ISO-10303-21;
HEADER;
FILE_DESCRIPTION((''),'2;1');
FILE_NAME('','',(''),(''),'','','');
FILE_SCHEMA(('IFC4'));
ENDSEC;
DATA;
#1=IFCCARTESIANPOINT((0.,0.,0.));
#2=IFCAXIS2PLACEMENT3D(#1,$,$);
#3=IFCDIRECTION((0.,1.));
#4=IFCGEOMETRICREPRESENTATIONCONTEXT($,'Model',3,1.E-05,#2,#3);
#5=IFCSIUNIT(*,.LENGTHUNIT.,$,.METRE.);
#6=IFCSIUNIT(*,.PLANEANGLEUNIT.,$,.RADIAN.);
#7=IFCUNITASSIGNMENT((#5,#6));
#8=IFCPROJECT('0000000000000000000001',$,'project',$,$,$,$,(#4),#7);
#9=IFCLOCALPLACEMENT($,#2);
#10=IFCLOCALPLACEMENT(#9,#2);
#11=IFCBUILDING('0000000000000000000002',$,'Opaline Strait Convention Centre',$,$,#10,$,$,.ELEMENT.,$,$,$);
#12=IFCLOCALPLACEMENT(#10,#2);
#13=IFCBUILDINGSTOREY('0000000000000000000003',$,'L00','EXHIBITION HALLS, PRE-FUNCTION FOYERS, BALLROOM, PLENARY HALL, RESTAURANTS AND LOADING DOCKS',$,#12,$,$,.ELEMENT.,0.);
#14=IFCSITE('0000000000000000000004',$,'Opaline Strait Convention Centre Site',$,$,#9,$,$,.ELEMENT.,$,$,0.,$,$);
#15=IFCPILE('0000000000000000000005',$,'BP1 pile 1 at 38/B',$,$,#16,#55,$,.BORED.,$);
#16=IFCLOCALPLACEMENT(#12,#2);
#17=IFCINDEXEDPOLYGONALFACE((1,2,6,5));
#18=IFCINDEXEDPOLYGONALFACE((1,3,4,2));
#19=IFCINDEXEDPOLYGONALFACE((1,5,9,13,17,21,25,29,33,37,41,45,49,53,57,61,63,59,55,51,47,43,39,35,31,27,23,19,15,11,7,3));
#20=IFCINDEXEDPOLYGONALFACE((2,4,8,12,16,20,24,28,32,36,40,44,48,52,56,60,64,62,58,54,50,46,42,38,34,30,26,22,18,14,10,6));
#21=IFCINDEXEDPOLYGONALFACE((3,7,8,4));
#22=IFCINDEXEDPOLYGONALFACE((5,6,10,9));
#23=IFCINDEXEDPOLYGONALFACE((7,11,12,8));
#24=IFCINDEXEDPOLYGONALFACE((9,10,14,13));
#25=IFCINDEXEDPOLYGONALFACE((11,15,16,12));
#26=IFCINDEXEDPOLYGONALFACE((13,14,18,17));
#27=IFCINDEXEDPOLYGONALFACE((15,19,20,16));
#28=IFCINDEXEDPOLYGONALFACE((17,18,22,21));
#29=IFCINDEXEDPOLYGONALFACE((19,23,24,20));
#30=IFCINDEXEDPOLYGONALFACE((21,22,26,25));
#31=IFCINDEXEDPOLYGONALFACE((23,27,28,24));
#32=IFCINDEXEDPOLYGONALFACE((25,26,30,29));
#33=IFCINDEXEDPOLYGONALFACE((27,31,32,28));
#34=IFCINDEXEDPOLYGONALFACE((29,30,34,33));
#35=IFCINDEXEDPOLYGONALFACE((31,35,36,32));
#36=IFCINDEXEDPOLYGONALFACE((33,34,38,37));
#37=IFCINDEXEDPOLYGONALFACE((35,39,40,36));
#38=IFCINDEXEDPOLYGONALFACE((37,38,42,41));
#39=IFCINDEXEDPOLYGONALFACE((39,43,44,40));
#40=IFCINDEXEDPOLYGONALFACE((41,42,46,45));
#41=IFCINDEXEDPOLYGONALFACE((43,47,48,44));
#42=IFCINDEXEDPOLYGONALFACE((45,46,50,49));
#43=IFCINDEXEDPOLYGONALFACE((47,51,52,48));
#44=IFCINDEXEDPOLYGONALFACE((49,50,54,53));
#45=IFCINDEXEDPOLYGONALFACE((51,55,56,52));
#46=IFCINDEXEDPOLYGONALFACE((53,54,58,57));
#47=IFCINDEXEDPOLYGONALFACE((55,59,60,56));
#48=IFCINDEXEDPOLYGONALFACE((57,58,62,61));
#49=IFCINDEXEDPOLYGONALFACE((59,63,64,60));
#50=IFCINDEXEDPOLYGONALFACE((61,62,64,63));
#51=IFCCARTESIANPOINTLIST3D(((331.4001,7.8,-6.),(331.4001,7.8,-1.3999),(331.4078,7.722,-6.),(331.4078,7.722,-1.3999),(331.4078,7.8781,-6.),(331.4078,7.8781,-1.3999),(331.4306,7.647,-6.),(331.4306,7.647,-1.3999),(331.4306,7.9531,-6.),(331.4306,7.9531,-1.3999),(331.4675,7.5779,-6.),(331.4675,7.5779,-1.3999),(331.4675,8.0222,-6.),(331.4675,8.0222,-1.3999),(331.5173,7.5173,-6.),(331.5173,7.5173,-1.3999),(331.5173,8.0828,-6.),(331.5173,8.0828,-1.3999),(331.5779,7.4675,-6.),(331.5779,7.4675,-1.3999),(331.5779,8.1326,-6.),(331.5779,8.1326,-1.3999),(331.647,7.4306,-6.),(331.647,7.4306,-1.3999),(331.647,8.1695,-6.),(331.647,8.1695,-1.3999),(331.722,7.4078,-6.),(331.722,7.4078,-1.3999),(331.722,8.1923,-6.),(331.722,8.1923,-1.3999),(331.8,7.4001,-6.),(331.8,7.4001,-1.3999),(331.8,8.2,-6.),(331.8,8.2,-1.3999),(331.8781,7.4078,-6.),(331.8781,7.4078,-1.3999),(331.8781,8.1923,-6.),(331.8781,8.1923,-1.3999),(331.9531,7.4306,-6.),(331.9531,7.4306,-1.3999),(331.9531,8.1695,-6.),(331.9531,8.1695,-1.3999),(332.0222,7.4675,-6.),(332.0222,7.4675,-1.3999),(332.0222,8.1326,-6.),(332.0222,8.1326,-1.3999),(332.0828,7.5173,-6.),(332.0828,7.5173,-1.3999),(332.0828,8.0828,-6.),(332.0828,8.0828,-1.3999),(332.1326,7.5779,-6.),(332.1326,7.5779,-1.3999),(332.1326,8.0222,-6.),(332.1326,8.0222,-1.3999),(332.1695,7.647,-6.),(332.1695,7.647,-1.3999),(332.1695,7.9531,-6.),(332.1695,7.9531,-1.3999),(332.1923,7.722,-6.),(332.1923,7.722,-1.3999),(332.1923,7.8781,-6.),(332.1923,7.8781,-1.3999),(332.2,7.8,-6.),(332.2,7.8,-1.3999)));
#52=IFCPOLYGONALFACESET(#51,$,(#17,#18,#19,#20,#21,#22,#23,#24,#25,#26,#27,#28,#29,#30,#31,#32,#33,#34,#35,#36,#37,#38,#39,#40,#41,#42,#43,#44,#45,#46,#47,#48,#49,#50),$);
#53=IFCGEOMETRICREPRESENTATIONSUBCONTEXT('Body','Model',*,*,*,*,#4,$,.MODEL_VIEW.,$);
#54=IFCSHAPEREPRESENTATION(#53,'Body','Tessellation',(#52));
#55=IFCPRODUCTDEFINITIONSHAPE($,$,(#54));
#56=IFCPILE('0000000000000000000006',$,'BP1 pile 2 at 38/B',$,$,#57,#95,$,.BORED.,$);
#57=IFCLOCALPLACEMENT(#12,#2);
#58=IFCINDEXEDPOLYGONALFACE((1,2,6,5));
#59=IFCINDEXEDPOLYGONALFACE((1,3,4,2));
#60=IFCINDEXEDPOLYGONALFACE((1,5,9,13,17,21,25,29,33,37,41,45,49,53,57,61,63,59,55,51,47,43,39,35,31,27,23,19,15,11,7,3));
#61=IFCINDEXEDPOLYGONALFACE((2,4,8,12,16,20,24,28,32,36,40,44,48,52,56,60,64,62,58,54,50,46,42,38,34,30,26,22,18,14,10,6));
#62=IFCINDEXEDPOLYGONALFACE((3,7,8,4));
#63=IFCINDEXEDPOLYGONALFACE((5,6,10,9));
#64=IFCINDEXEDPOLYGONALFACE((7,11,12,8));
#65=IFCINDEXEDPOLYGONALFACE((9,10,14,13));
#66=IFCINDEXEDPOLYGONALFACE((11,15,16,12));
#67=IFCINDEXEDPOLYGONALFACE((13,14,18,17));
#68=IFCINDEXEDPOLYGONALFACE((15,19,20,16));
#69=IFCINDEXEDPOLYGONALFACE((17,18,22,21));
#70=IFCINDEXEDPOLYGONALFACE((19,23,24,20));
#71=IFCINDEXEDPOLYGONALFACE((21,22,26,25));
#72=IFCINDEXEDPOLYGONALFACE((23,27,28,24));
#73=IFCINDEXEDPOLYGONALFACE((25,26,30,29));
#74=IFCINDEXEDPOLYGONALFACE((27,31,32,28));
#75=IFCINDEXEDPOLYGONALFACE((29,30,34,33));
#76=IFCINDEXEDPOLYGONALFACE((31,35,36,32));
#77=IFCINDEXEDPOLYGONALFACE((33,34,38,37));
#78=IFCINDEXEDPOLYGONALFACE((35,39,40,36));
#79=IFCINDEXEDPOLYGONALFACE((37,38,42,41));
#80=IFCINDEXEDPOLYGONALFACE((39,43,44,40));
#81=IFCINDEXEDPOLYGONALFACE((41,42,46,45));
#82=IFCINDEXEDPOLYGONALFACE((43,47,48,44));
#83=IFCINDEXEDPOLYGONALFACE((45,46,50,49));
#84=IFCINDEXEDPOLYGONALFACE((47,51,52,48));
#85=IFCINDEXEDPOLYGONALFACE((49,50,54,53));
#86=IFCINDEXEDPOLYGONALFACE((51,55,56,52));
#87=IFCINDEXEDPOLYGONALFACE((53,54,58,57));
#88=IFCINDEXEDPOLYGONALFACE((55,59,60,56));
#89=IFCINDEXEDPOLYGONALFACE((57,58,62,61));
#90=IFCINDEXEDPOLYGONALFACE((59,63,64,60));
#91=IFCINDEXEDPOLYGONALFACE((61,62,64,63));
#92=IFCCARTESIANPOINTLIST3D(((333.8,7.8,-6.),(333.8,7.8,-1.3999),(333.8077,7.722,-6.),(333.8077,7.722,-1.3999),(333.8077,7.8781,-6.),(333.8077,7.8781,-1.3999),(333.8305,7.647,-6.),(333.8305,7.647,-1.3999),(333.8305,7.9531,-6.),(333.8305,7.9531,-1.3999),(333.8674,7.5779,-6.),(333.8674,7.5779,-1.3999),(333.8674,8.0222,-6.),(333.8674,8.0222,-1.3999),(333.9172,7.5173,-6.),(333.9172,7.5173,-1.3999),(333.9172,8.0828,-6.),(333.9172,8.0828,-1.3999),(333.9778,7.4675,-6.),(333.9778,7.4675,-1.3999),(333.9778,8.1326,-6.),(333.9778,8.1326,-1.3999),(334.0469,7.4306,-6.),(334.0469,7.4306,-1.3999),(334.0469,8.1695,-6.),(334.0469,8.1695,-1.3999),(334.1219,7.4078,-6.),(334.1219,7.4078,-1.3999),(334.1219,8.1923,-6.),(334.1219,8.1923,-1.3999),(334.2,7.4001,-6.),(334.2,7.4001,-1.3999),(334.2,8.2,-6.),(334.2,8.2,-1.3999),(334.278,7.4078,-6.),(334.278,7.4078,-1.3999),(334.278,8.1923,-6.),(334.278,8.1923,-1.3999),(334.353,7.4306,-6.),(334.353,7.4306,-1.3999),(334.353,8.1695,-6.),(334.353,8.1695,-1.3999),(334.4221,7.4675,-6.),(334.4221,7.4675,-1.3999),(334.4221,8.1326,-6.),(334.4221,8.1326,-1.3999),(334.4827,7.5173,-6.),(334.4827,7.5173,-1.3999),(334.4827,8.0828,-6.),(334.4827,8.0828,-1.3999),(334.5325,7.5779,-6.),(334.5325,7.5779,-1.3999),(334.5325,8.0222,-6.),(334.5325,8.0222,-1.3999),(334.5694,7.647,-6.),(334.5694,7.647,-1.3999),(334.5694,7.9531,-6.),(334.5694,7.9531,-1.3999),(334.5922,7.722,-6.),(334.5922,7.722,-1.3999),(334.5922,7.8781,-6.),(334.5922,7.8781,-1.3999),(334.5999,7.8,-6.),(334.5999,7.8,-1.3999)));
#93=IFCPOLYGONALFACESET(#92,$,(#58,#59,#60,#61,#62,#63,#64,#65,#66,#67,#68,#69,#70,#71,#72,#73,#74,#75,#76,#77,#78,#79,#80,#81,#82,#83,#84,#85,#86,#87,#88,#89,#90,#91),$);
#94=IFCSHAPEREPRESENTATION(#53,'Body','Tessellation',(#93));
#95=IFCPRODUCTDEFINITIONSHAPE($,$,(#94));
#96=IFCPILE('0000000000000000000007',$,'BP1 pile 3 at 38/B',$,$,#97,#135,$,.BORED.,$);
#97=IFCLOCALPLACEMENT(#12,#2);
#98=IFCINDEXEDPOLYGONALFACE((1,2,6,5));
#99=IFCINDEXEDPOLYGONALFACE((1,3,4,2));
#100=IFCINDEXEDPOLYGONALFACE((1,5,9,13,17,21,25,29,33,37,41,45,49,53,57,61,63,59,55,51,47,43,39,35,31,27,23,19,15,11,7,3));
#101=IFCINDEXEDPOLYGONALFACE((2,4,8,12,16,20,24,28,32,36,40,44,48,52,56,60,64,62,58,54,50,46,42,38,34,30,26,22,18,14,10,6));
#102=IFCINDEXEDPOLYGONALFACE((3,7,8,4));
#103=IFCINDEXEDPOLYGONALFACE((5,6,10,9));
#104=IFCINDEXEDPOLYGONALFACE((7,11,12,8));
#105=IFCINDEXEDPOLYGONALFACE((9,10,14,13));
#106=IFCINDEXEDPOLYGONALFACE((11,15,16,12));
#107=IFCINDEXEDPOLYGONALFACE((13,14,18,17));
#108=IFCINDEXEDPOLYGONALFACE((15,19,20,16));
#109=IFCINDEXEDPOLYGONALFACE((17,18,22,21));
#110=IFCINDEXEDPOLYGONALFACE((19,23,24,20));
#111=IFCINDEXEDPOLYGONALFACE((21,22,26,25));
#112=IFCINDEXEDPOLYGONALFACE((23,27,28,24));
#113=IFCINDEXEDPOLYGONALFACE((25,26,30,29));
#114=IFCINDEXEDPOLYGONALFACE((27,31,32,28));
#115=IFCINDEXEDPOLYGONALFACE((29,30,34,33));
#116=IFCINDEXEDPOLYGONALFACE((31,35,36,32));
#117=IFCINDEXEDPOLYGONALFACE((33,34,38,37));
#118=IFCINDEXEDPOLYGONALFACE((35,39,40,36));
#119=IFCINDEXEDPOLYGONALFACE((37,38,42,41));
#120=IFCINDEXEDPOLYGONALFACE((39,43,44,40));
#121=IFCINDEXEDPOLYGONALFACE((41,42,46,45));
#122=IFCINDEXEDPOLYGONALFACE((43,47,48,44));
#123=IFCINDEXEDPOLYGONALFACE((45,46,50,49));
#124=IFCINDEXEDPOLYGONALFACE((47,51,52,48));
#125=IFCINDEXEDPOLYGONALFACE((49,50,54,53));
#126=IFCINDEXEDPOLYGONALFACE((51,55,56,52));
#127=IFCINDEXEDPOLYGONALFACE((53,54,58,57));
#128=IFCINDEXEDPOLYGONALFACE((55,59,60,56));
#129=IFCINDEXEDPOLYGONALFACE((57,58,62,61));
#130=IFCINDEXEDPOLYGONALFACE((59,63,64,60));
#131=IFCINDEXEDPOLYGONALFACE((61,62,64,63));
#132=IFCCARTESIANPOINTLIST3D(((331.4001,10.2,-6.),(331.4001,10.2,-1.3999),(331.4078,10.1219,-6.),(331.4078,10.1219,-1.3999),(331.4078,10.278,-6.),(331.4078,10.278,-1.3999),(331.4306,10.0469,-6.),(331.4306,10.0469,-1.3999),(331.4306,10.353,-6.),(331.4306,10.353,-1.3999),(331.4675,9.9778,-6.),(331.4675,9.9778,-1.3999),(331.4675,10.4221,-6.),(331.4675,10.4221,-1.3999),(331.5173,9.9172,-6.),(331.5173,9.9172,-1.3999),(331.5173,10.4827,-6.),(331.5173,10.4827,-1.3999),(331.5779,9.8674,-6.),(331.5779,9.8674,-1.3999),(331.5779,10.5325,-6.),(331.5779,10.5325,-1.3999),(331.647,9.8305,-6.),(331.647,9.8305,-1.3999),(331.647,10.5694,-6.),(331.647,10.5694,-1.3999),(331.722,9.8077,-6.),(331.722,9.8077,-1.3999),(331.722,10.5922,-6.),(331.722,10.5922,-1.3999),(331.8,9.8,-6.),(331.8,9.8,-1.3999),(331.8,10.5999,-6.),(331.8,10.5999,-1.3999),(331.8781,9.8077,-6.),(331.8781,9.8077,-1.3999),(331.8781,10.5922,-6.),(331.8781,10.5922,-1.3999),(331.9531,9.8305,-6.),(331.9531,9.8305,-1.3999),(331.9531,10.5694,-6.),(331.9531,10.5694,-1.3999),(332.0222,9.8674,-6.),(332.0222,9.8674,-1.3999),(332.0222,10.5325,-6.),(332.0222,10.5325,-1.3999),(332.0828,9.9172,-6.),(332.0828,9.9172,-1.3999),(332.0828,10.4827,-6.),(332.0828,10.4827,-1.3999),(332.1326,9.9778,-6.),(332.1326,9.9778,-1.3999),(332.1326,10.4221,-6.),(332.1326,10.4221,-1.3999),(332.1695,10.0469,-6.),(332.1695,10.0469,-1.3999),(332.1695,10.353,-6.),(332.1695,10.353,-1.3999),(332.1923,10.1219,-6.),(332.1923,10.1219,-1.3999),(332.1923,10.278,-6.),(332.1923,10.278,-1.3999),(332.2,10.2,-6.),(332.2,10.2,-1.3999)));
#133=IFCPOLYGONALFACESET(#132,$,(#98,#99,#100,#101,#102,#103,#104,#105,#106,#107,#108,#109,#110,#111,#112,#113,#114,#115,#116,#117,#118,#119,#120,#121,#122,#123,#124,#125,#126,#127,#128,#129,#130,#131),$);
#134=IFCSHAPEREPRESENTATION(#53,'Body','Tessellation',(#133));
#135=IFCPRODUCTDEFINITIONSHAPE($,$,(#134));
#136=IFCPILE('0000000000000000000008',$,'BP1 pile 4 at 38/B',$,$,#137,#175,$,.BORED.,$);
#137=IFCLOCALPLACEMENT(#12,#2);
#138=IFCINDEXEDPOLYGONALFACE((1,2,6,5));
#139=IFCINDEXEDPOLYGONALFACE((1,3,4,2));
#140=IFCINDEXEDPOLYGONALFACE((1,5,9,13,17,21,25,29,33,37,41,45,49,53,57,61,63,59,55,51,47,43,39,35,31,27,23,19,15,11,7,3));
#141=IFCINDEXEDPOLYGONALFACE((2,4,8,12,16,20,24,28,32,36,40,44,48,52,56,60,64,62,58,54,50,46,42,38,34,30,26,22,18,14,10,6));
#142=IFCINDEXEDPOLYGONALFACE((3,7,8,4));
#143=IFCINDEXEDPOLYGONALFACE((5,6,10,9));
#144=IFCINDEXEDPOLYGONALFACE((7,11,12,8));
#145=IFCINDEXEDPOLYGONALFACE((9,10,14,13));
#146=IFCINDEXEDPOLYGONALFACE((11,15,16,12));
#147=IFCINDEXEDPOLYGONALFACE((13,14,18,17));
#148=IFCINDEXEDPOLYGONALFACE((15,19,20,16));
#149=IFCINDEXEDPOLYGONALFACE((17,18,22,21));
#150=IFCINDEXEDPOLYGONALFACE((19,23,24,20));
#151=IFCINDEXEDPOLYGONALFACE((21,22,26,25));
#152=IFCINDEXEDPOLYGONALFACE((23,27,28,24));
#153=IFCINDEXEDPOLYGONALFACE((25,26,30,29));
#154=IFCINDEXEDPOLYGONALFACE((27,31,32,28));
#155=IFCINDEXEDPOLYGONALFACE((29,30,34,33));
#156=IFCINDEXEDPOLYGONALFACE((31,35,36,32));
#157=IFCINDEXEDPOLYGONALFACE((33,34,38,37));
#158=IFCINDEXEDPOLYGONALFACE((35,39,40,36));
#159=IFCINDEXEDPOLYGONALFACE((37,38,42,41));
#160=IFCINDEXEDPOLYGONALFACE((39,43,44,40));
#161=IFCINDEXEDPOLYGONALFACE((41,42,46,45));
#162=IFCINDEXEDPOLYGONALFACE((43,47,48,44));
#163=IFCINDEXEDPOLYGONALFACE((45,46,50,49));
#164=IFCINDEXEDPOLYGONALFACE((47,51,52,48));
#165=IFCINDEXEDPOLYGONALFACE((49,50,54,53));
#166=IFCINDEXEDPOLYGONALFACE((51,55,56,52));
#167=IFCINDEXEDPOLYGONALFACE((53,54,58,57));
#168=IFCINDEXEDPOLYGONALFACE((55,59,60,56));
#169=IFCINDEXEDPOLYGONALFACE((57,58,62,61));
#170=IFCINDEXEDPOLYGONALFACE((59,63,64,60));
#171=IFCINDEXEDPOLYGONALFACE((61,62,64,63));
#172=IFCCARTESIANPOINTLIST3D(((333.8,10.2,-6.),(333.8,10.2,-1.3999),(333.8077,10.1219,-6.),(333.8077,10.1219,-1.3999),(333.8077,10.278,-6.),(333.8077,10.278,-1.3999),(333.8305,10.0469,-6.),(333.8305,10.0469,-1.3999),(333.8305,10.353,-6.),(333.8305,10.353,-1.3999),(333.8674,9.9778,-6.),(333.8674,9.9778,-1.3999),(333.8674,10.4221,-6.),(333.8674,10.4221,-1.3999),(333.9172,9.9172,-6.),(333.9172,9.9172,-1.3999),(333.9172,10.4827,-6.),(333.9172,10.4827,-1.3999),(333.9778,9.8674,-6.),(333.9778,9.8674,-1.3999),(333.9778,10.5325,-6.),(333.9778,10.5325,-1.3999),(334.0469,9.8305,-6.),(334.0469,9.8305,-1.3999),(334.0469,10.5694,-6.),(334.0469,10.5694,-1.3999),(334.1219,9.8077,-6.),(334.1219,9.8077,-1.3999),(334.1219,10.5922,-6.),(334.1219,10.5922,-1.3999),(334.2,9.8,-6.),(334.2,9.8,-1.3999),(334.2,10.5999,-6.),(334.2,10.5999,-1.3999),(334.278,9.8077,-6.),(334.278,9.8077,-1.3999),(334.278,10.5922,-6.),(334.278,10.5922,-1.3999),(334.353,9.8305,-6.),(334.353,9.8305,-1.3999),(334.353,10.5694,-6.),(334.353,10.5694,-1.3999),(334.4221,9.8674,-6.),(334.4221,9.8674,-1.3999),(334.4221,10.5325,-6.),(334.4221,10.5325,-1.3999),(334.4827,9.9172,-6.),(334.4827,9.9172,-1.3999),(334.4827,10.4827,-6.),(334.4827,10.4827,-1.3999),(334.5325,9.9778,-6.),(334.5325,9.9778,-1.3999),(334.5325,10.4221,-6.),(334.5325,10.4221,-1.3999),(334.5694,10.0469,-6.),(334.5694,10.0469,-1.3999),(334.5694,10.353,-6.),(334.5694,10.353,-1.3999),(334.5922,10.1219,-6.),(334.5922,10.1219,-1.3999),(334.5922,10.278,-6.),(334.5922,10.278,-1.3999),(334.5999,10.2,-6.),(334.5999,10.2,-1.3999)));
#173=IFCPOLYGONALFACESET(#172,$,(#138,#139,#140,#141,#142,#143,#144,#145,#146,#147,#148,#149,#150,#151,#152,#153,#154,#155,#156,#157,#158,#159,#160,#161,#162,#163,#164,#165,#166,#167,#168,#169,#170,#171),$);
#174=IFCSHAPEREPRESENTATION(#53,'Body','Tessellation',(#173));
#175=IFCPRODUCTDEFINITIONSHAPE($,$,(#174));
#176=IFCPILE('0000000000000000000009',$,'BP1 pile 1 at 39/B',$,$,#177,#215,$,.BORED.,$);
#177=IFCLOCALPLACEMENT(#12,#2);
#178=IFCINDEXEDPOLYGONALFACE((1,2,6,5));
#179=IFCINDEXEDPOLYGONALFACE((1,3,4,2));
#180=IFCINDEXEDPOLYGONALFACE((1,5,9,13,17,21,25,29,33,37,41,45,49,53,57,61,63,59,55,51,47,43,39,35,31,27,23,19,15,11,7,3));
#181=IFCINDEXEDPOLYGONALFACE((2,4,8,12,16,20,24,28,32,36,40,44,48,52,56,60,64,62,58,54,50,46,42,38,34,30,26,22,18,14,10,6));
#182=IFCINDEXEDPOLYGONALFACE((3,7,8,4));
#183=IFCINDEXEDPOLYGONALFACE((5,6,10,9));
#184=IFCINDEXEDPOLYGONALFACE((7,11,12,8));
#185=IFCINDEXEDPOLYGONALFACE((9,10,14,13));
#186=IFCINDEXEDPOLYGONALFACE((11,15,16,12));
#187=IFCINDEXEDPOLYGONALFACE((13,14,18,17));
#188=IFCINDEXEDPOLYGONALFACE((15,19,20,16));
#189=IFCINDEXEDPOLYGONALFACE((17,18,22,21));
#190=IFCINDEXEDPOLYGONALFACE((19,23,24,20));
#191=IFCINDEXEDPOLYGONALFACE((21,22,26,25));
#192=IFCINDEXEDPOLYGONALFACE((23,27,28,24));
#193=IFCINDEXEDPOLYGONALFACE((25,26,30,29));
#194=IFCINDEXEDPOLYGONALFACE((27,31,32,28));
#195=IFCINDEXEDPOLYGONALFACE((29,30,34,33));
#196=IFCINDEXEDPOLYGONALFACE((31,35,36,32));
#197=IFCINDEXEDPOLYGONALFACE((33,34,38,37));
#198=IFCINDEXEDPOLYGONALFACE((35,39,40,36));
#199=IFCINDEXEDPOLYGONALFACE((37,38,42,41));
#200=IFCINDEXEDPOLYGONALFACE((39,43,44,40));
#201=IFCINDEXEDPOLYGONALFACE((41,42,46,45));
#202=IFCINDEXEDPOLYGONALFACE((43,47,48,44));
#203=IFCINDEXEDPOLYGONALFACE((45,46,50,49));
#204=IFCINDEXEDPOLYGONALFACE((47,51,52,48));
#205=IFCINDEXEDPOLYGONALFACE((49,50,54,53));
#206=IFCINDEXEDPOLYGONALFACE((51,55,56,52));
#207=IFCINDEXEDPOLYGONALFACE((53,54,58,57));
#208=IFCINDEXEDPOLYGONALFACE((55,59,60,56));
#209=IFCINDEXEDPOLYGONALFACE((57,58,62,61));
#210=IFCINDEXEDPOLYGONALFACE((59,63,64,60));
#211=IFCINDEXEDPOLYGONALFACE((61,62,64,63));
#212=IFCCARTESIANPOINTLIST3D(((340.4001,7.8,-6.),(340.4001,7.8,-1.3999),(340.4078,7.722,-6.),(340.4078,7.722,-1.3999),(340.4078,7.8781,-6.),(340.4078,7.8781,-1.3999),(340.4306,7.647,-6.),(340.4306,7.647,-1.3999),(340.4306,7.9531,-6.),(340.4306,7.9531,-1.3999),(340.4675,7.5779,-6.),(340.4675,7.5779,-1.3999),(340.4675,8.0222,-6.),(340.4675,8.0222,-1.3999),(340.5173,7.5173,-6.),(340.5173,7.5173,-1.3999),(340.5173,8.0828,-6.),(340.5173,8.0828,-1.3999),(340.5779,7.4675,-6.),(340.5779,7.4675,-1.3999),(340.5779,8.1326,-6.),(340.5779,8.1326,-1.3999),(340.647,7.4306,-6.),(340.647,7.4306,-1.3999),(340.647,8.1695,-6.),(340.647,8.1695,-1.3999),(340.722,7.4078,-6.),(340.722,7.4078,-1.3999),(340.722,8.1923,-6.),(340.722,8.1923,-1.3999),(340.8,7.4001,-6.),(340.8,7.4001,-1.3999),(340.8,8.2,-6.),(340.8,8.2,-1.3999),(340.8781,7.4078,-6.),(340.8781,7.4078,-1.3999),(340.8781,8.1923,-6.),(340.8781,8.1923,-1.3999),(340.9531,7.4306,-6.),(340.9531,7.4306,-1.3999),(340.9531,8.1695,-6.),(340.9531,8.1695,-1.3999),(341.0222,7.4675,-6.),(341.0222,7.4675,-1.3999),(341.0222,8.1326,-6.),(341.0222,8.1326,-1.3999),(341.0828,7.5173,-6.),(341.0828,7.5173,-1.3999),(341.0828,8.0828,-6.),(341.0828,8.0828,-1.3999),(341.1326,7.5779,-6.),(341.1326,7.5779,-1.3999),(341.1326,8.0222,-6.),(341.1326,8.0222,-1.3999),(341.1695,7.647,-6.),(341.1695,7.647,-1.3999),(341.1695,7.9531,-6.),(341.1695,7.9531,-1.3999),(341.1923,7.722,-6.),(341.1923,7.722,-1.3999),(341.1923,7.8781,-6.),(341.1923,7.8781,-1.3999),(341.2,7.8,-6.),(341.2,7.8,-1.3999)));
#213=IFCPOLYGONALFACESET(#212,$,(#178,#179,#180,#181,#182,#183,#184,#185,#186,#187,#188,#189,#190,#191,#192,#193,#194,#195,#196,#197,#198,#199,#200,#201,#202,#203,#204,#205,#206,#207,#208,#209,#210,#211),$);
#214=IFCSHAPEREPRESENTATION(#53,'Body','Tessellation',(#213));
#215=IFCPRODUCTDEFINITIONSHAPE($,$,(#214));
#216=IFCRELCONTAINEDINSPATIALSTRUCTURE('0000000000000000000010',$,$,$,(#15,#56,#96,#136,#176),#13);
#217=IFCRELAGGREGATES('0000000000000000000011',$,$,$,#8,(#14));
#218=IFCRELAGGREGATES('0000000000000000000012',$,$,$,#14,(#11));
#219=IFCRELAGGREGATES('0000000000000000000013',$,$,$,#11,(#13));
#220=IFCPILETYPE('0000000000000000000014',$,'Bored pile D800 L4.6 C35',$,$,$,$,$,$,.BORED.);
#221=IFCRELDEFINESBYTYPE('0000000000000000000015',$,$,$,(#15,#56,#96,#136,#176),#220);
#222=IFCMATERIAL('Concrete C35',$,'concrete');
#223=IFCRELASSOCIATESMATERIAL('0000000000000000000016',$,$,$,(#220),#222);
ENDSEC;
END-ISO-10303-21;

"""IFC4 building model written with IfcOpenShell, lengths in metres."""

from ifc_helpers import new_model, si_unit, direction, frame, origin, origin_2d, place, context, subcontext, project, spatial, circle, extrude, material, material_profile, profile_set, type_object, element, save


model = new_model("IFC4")

# Units and contexts
model_context = context("Model", 3, precision=1e-05, world=origin(), true_north=direction((0.0, 1.0)))
body_context = subcontext(model_context, "Body", "Model", "MODEL_VIEW")
ifc_project = project(units=[si_unit("LENGTHUNIT", "METRE"), si_unit("PLANEANGLEUNIT", "RADIAN")], contexts=[model_context])

# Site, building, storey
site_placement = place(None, origin())
site = spatial("IfcSite", under=ifc_project, at=site_placement, Name="Opaline Strait Convention Centre Site", CompositionType="ELEMENT", RefElevation=0.0)
building_placement = place(site_placement, origin())
building = spatial("IfcBuilding", under=site, at=building_placement, Name="Opaline Strait Convention Centre", CompositionType="ELEMENT")
storey_placement = place(building_placement, origin())
storey = spatial("IfcBuildingStorey", under=building, at=storey_placement, Name="L00", Description="EXHIBITION HALLS, PRE-FUNCTION FOYERS, BALLROOM, PLENARY HALL, RESTAURANTS AND LOADING DOCKS", CompositionType="ELEMENT", Elevation=0.0)

# Piles
ifc_material_1 = material(Name="Concrete C35", Category="concrete")
ifc_material_profile_1 = material_profile(ifc_material_1, circle(Radius=0.3999, at=origin_2d()), Name="D800")
ifc_profile_set_1 = profile_set([ifc_material_profile_1], Name="Concrete C35")
pile_type = type_object("IfcPileType", Name="Bored pile D800 L4.6 C35", PredefinedType="BORED", material=ifc_profile_set_1)
for number, where, z_axis, x_axis, name in (
    (1, (331.8, 7.8, -1.3999), (0.0, 0.0, -1.0), (1.0, 0.0, 0.0), "BP1 pile 1 at 38/B"),
    (2, (334.2, 7.8, -1.3999), (0.0, 0.0, -1.0), (1.0, 0.0, 0.0), "BP1 pile 2 at 38/B"),
    (3, (331.8, 10.2, -1.3999), (0.0, 0.0, -1.0), (1.0, 0.0, 0.0), "BP1 pile 3 at 38/B"),
    (4, (334.2, 10.2, -1.3999), (0.0, 0.0, -1.0), (1.0, 0.0, 0.0), "BP1 pile 4 at 38/B"),
    (5, (340.8, 7.8, -1.3999), (0.0, 0.0, -1.0), (1.0, 0.0, 0.0), "BP1 pile 1 at 39/B"),
):
    element("IfcPile", number, at=place(storey_placement, frame(where, z_axis=z_axis, x_axis=x_axis)), inside=storey, type_object=pile_type, Name=name, PredefinedType="BORED", context=body_context, shape_type="SweptSolid", body=[
        extrude(circle(Radius=0.3999, at=origin_2d()), origin(), (0.0, 0.0, 1.0), 4.6001),
    ])

save(model, "model.ifc")
